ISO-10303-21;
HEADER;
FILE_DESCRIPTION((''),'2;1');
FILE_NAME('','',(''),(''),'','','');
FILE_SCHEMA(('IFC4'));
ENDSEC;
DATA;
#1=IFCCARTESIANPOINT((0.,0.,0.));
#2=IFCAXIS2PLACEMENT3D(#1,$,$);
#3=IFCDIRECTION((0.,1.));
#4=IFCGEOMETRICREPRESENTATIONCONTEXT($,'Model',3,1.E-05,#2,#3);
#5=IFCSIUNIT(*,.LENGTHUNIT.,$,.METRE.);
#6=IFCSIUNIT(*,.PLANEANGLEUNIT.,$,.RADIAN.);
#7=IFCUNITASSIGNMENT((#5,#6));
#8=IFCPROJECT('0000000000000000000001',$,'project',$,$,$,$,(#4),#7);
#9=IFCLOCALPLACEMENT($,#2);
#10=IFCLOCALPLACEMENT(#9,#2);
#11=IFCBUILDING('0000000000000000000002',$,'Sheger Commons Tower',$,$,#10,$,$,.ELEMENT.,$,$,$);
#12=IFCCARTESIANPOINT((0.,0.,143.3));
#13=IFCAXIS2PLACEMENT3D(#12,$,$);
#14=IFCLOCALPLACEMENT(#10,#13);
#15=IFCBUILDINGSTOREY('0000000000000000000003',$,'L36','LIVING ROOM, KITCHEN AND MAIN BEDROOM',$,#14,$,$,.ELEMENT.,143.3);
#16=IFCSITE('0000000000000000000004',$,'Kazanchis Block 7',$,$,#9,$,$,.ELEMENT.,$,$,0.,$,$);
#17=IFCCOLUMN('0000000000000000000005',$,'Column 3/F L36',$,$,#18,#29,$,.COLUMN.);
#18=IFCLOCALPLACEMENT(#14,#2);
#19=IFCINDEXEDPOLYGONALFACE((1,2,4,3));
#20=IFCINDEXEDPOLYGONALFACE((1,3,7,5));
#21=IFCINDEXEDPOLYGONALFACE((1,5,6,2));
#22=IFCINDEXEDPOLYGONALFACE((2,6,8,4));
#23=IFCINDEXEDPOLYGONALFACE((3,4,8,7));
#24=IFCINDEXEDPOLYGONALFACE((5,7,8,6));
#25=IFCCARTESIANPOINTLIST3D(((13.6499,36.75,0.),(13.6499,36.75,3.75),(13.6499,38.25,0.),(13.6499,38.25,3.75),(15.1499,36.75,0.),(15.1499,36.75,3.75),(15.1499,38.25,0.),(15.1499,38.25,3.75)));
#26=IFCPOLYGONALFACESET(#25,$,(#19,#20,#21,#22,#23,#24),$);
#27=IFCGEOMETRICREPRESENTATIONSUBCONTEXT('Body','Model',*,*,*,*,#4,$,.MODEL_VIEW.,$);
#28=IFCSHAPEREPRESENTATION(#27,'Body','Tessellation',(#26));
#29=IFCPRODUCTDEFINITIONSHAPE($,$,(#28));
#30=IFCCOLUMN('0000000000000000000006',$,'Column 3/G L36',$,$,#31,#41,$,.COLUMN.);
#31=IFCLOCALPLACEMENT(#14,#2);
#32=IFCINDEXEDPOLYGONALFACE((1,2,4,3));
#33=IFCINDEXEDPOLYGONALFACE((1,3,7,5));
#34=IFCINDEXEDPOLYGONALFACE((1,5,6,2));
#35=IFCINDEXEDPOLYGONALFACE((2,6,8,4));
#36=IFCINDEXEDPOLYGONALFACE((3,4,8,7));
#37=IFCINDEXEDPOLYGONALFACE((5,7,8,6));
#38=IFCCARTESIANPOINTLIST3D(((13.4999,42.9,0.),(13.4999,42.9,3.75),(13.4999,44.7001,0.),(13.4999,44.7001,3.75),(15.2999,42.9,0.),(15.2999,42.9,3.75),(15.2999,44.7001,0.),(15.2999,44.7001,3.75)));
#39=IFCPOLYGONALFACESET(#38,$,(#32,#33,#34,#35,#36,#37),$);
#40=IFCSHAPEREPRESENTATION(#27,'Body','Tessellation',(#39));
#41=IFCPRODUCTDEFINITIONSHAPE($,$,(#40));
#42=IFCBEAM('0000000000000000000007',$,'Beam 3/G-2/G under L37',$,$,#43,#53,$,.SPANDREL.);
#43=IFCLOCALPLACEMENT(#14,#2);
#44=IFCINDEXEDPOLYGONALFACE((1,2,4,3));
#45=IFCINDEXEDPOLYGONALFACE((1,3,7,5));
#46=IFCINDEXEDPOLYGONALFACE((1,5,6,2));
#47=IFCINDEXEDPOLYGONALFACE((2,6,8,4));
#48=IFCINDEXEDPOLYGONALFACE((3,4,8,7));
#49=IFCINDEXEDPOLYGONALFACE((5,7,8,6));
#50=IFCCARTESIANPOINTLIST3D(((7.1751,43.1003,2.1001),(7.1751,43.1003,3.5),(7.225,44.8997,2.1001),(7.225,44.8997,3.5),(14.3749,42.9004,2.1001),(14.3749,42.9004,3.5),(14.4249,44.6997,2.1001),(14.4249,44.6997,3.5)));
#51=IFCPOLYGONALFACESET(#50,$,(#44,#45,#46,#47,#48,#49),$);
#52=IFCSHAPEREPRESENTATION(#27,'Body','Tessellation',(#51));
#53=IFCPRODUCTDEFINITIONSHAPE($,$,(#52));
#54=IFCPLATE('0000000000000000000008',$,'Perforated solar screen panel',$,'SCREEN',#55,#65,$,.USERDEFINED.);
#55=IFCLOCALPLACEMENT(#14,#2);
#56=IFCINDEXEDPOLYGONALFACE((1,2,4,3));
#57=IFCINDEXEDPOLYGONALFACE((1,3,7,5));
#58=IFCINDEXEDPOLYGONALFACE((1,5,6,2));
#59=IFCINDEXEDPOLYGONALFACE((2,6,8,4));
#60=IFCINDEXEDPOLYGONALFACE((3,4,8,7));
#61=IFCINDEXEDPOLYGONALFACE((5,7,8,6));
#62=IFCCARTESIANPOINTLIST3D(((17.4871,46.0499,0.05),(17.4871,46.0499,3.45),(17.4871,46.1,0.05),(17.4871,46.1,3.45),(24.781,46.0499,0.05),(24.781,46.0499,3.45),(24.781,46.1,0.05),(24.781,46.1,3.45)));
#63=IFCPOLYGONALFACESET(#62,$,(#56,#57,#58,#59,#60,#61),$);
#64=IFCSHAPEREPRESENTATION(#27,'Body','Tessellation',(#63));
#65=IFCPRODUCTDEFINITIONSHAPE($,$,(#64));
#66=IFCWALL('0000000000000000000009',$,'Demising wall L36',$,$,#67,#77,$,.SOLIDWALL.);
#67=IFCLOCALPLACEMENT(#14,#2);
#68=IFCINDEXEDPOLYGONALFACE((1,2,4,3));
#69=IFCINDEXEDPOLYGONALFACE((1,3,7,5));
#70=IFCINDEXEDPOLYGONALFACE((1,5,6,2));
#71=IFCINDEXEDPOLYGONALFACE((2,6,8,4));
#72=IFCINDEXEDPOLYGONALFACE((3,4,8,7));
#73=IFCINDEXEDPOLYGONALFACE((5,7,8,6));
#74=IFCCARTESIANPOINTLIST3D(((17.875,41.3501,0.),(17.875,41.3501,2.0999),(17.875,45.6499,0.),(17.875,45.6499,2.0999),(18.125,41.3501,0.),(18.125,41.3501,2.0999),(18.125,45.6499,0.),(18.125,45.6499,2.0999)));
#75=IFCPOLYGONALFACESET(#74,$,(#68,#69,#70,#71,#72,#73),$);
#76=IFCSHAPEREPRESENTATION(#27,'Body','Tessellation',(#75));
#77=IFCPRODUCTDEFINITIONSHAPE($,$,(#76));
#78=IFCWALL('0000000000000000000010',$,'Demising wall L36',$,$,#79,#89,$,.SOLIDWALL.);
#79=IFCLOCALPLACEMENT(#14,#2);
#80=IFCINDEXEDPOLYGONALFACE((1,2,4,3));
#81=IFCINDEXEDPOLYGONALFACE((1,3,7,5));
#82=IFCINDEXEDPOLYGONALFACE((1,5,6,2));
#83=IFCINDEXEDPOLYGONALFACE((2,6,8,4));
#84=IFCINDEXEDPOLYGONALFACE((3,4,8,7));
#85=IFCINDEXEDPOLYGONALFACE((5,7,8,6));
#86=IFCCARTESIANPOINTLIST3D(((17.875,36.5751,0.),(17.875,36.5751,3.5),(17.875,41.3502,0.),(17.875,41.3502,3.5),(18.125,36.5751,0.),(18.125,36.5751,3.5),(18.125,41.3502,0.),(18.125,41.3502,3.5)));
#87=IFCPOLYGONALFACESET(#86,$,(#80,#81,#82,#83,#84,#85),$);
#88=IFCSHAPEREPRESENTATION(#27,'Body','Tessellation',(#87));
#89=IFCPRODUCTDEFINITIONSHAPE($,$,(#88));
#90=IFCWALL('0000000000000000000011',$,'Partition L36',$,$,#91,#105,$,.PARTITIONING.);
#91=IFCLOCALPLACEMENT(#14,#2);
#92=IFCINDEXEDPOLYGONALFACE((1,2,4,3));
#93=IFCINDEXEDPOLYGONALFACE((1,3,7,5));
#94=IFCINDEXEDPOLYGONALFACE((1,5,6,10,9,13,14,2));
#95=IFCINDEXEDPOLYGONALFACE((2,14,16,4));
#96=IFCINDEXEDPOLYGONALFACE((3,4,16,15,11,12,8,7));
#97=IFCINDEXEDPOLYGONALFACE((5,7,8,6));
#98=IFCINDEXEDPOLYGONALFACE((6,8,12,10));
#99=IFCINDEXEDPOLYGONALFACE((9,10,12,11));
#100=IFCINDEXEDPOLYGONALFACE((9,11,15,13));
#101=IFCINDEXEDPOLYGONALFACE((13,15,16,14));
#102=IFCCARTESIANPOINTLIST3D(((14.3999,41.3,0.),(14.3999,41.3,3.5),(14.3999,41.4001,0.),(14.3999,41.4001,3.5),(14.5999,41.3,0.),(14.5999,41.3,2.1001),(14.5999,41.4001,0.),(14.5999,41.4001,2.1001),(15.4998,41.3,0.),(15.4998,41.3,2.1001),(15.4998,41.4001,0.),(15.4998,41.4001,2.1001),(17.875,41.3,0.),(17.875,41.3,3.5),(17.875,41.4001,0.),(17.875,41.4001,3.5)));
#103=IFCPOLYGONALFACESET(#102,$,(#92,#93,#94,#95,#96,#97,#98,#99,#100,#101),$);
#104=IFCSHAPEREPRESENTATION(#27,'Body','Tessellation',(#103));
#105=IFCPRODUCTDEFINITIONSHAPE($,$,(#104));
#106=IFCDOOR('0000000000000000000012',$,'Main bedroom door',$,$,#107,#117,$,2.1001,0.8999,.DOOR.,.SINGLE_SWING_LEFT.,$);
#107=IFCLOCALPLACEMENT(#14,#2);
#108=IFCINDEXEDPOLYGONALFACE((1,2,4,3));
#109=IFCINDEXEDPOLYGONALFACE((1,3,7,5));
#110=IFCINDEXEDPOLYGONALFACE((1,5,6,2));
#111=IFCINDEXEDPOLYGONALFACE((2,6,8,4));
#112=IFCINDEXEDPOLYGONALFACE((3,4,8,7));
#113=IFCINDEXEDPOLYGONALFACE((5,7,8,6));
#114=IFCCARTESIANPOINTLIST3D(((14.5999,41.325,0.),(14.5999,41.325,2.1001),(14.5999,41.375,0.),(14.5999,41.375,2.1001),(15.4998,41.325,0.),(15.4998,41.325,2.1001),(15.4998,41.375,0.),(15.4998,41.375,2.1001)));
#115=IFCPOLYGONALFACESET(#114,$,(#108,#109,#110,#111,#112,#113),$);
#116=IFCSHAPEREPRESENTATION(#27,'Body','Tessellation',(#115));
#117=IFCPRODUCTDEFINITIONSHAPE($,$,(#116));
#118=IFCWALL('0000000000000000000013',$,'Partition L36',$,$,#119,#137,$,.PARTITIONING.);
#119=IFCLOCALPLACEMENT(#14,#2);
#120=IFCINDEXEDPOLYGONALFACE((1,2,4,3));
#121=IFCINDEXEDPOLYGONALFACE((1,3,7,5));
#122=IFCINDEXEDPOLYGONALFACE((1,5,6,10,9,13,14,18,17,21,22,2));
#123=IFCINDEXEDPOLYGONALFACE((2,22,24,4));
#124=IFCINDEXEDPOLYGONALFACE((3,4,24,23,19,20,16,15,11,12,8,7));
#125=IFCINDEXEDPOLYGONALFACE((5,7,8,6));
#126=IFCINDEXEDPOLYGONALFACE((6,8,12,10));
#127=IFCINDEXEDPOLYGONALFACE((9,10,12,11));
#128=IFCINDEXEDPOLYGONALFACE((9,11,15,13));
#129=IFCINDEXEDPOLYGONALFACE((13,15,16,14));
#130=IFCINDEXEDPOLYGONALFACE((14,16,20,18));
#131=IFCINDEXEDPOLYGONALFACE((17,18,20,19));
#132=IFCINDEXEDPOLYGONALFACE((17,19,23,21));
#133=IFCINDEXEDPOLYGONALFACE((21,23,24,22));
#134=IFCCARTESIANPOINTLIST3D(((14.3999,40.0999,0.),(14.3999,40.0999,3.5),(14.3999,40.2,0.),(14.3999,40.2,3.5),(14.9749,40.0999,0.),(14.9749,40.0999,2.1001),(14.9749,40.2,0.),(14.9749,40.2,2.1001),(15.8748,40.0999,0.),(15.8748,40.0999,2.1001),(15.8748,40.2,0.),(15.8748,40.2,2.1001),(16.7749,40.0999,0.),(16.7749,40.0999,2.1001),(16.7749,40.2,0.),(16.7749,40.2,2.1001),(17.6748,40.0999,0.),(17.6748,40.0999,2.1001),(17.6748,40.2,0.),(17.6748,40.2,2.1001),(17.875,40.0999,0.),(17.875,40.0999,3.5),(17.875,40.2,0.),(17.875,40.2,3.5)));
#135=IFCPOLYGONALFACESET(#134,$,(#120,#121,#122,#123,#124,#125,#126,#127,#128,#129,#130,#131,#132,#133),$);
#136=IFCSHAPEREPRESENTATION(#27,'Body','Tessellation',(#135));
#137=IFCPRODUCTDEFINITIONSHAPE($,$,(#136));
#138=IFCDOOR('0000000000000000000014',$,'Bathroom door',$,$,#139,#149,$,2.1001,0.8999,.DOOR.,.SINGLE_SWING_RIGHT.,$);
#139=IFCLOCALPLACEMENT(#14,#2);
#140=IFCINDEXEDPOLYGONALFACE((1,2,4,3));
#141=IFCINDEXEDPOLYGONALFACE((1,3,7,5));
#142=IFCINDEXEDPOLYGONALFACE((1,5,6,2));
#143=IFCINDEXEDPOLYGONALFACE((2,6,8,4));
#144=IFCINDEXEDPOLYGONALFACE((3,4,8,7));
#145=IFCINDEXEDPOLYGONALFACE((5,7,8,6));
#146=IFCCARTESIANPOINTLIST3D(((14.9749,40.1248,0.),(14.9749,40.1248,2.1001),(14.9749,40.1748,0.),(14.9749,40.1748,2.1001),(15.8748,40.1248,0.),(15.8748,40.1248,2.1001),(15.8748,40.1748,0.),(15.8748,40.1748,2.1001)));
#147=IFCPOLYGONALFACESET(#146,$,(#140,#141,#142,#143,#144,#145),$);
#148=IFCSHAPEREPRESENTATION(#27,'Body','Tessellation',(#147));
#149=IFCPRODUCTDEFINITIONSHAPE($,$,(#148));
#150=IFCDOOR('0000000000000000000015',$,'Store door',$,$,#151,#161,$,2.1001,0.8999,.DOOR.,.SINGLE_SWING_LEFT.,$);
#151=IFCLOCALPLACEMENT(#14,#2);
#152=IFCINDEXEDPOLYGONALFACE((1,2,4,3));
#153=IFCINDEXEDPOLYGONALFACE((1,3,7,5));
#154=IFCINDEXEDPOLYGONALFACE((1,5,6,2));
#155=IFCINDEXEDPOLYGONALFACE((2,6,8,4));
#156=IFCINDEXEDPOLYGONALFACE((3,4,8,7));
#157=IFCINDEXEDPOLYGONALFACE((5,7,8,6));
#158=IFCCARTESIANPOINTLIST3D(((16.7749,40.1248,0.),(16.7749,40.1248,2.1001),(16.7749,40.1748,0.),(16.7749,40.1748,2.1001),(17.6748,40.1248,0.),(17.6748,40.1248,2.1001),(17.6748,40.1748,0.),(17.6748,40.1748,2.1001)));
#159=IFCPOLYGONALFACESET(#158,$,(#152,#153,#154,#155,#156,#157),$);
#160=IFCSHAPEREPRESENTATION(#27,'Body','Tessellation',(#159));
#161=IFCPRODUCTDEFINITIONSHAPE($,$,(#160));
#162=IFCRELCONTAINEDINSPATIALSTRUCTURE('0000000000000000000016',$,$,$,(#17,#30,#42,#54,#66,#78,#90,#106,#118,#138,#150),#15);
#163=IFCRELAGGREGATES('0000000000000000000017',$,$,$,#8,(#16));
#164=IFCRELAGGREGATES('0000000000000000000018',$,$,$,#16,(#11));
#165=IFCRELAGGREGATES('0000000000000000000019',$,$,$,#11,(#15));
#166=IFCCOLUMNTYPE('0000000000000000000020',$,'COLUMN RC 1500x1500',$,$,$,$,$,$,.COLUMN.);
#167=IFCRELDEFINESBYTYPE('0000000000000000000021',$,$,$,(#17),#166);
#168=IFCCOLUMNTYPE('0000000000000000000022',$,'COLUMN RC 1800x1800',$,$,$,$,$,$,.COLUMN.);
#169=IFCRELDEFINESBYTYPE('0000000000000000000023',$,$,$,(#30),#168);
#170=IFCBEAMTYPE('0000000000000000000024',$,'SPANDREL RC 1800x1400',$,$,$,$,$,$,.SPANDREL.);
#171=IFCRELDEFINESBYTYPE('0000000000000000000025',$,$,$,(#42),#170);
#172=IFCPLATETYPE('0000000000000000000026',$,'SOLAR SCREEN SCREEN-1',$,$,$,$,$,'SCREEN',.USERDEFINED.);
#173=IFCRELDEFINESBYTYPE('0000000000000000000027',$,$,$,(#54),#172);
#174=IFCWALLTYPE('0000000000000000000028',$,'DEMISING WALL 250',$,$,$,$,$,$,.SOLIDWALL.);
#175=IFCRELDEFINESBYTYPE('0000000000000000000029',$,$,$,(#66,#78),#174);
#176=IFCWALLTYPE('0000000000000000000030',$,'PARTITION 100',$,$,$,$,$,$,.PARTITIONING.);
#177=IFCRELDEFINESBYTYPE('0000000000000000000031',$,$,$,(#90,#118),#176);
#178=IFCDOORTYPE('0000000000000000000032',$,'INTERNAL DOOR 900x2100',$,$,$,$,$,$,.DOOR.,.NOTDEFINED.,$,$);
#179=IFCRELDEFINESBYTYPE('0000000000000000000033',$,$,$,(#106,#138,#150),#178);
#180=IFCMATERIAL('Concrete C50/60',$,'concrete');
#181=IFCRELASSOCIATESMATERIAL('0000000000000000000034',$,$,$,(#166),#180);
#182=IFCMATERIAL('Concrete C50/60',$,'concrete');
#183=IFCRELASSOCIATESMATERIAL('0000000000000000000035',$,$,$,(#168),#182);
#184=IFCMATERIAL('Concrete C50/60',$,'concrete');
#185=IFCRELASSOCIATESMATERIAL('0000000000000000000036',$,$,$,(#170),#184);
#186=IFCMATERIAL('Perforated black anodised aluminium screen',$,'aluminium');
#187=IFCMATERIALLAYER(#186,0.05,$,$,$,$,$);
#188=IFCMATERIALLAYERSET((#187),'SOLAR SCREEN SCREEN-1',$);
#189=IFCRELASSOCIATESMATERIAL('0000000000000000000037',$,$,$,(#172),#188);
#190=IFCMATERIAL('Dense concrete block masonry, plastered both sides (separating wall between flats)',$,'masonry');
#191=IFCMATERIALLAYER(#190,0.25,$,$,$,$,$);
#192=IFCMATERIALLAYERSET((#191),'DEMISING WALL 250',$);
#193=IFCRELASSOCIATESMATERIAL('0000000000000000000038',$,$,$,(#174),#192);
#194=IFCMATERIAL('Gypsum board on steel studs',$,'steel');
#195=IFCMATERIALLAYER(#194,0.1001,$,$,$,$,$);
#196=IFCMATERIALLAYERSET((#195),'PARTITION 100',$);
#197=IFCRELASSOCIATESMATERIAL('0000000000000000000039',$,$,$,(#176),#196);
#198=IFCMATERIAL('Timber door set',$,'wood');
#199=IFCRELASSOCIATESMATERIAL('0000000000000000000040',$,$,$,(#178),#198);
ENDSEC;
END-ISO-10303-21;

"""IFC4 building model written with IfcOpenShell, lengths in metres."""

from ifc_helpers import new_model, si_unit, direction, frame, frame_2d, origin, origin_2d, place, context, subcontext, project, spatial, rectangle, extrude, material, layer, layer_set, material_profile, profile_set, type_object, element, fill, save


model = new_model("IFC4")

# Units and contexts
model_context = context("Model", 3, precision=1e-05, world=origin(), true_north=direction((0.0, 1.0)))
body_context = subcontext(model_context, "Body", "Model", "MODEL_VIEW")
ifc_project = project(units=[si_unit("LENGTHUNIT", "METRE"), si_unit("PLANEANGLEUNIT", "RADIAN")], contexts=[model_context])

# Site, building, storey
site_placement = place(None, origin())
site = spatial("IfcSite", under=ifc_project, at=site_placement, Name="Kazanchis Block 7", CompositionType="ELEMENT", RefElevation=0.0)
building_placement = place(site_placement, origin())
building = spatial("IfcBuilding", under=site, at=building_placement, Name="Sheger Commons Tower", CompositionType="ELEMENT")
storey_placement = place(building_placement, frame((0.0, 0.0, 143.3)))
storey = spatial("IfcBuildingStorey", under=building, at=storey_placement, Name="L36", Description="LIVING ROOM, KITCHEN AND MAIN BEDROOM", CompositionType="ELEMENT", Elevation=143.3)

# Columns
ifc_material_1 = material(Name="Concrete C50/60", Category="concrete")
ifc_material_profile_1 = material_profile(ifc_material_1, rectangle(XDim=1.5, YDim=1.5, at=origin_2d()), Name="RC 1500x1500")
ifc_profile_set_1 = profile_set([ifc_material_profile_1], Name="Concrete C50/60")
column_type_1 = type_object("IfcColumnType", Name="COLUMN RC 1500x1500", PredefinedType="COLUMN", material=ifc_profile_set_1)
column_1_placement = place(storey_placement, frame((14.3999, 37.5, 0.0), z_axis=(0.0, 0.0, 1.0), x_axis=(1.0, 0.0, 0.0)))
element("IfcColumn", 1, at=column_1_placement, inside=storey, type_object=column_type_1, Name="Column 3/F L36", PredefinedType="COLUMN", context=body_context, shape_type="SweptSolid", body=[
    extrude(rectangle(XDim=1.5, YDim=1.5, at=origin_2d()), origin(), (0.0, 0.0, 1.0), 3.75),
])
ifc_material_2 = material(Name="Concrete C50/60", Category="concrete")
ifc_material_profile_2 = material_profile(ifc_material_2, rectangle(XDim=1.8, YDim=1.8, at=origin_2d()), Name="RC 1800x1800")
ifc_profile_set_2 = profile_set([ifc_material_profile_2], Name="Concrete C50/60")
column_type_2 = type_object("IfcColumnType", Name="COLUMN RC 1800x1800", PredefinedType="COLUMN", material=ifc_profile_set_2)
column_2_placement = place(storey_placement, frame((14.3999, 43.8, 0.0), z_axis=(0.0, 0.0, 1.0), x_axis=(1.0, 0.0, 0.0)))
element("IfcColumn", 2, at=column_2_placement, inside=storey, type_object=column_type_2, Name="Column 3/G L36", PredefinedType="COLUMN", context=body_context, shape_type="SweptSolid", body=[
    extrude(rectangle(XDim=1.8, YDim=1.8, at=origin_2d()), origin(), (0.0, 0.0, 1.0), 3.75),
])

# Beam
ifc_material_3 = material(Name="Concrete C50/60", Category="concrete")
ifc_material_profile_3 = material_profile(ifc_material_3, rectangle(XDim=1.8, YDim=1.3999, at=origin_2d()), Name="RC 1800x1400")
ifc_profile_set_3 = profile_set([ifc_material_profile_3], Name="Concrete C50/60")
beam_type = type_object("IfcBeamType", Name="SPANDREL RC 1800x1400", PredefinedType="SPANDREL", material=ifc_profile_set_3)
beam_placement = place(storey_placement, frame((14.3999, 43.8, 2.8), z_axis=(-0.999615, 0.02776, 0.0), x_axis=(-0.02776, -0.999615, 0.0)))
element("IfcBeam", 3, at=beam_placement, inside=storey, type_object=beam_type, Name="Beam 3/G-2/G under L37", PredefinedType="SPANDREL", context=body_context, shape_type="SweptSolid", body=[
    extrude(rectangle(XDim=1.8, YDim=1.3999, at=origin_2d()), origin(), (0.0, 0.0, 1.0), 7.2026),
])

# Plate
ifc_material_4 = material(Name="Perforated black anodised aluminium screen", Category="aluminium")
ifc_layer_1 = layer(ifc_material_4, 0.05)
ifc_layer_set_1 = layer_set([ifc_layer_1], Name="SOLAR SCREEN SCREEN-1")
plate_type = type_object("IfcPlateType", Name="SOLAR SCREEN SCREEN-1", ElementType="SCREEN", PredefinedType="USERDEFINED", material=ifc_layer_set_1)
plate_placement = place(storey_placement, frame((21.134, 46.075, 0.05), z_axis=(0.0, 0.0, 1.0), x_axis=(-1.0, 0.0, 0.0)))
element("IfcPlate", 4, at=plate_placement, inside=storey, type_object=plate_type, Name="Perforated solar screen panel", ObjectType="SCREEN", PredefinedType="USERDEFINED", context=body_context, shape_type="SweptSolid", body=[
    extrude(rectangle(XDim=7.2939, YDim=0.05, at=origin_2d()), origin(), (0.0, 0.0, 1.0), 3.3999),
])

# Walls
ifc_material_5 = material(Name="Dense concrete block masonry, plastered both sides (separating wall between flats)", Category="masonry")
ifc_layer_2 = layer(ifc_material_5, 0.25)
ifc_layer_set_2 = layer_set([ifc_layer_2], Name="DEMISING WALL 250")
wall_type_1 = type_object("IfcWallType", Name="DEMISING WALL 250", PredefinedType="SOLIDWALL", material=ifc_layer_set_2)
wall_1_placement = place(storey_placement, frame((18.0, 41.3501, 0.0), z_axis=(0.0, 0.0, 1.0), x_axis=(0.0, 1.0, 0.0)))
element("IfcWall", 5, at=wall_1_placement, inside=storey, type_object=wall_type_1, Name="Demising wall L36", PredefinedType="SOLIDWALL", context=body_context, shape_type="SweptSolid", body=[
    extrude(rectangle(XDim=4.2998, YDim=0.25, at=frame_2d((2.1499, 0.0))), origin(), (0.0, 0.0, 1.0), 2.0999),
])
wall_2_placement = place(storey_placement, frame((18.0, 36.575, 0.0), z_axis=(0.0, 0.0, 1.0), x_axis=(0.0, 1.0, 0.0)))
element("IfcWall", 6, at=wall_2_placement, inside=storey, type_object=wall_type_1, Name="Demising wall L36", PredefinedType="SOLIDWALL", context=body_context, shape_type="SweptSolid", body=[
    extrude(rectangle(XDim=4.7751, YDim=0.25, at=frame_2d((2.3877, 0.0))), origin(), (0.0, 0.0, 1.0), 3.5),
])

# Wall, opening, door
ifc_material_6 = material(Name="Gypsum board on steel studs", Category="steel")
ifc_layer_3 = layer(ifc_material_6, 0.1001)
ifc_layer_set_3 = layer_set([ifc_layer_3], Name="PARTITION 100")
wall_type_2 = type_object("IfcWallType", Name="PARTITION 100", PredefinedType="PARTITIONING", material=ifc_layer_set_3)
wall_3_placement = place(storey_placement, frame((14.3999, 41.3501, 0.0), z_axis=(0.0, 0.0, 1.0), x_axis=(1.0, 0.0, 0.0)))
wall_3 = element("IfcWall", 7, at=wall_3_placement, inside=storey, type_object=wall_type_2, Name="Partition L36", PredefinedType="PARTITIONING", context=body_context, shape_type="SweptSolid", body=[
    extrude(rectangle(XDim=3.4751, YDim=0.1001, at=frame_2d((1.7375, 0.0))), origin(), (0.0, 0.0, 1.0), 3.5),
])
opening_1_placement = place(wall_3_placement, frame((0.2, 0.0, 0.0)))
opening_1 = element("IfcOpeningElement", 8, at=opening_1_placement, cuts=wall_3, PredefinedType="OPENING", context=body_context, shape_type="SweptSolid", body=[
    extrude(rectangle(XDim=0.8999, YDim=2.1001, at=frame_2d((0.45, 1.05))), frame((0.0, 0.0601, 0.0), z_axis=(0.0, -1.0, 0.0), x_axis=(1.0, 0.0, 0.0)), (0.0, 0.0, 1.0), 0.1201),
])
ifc_material_7 = material(Name="Timber door set", Category="wood")
door_type = type_object("IfcDoorType", Name="INTERNAL DOOR 900x2100", OperationType="NOTDEFINED", PredefinedType="DOOR", material=ifc_material_7)
door_1_placement = place(opening_1_placement, origin())
door_1 = element("IfcDoor", 9, at=door_1_placement, inside=storey, type_object=door_type, Name="Main bedroom door", OperationType="SINGLE_SWING_LEFT", OverallHeight=2.1001, OverallWidth=0.8999, PredefinedType="DOOR", context=body_context, shape_type="SweptSolid", body=[
    extrude(rectangle(XDim=0.8999, YDim=2.1001, at=frame_2d((0.45, 1.05))), frame((0.0, 0.0249, 0.0), z_axis=(0.0, -1.0, 0.0), x_axis=(1.0, 0.0, 0.0)), (0.0, 0.0, 1.0), 0.05),
])
fill(opening_1, door_1)

# Wall, openings, doors
wall_4_placement = place(storey_placement, frame((14.3999, 40.1499, 0.0), z_axis=(0.0, 0.0, 1.0), x_axis=(1.0, 0.0, 0.0)))
wall_4 = element("IfcWall", 10, at=wall_4_placement, inside=storey, type_object=wall_type_2, Name="Partition L36", PredefinedType="PARTITIONING", context=body_context, shape_type="SweptSolid", body=[
    extrude(rectangle(XDim=3.4751, YDim=0.1001, at=frame_2d((1.7375, 0.0))), origin(), (0.0, 0.0, 1.0), 3.5),
])
opening_2_placement = place(wall_4_placement, frame((0.575, 0.0, 0.0)))
opening_2 = element("IfcOpeningElement", 11, at=opening_2_placement, cuts=wall_4, PredefinedType="OPENING", context=body_context, shape_type="SweptSolid", body=[
    extrude(rectangle(XDim=0.8999, YDim=2.1001, at=frame_2d((0.45, 1.05))), frame((0.0, 0.0601, 0.0), z_axis=(0.0, -1.0, 0.0), x_axis=(1.0, 0.0, 0.0)), (0.0, 0.0, 1.0), 0.1201),
])
opening_3_placement = place(wall_4_placement, frame((2.375, 0.0, 0.0)))
opening_3 = element("IfcOpeningElement", 12, at=opening_3_placement, cuts=wall_4, PredefinedType="OPENING", context=body_context, shape_type="SweptSolid", body=[
    extrude(rectangle(XDim=0.8999, YDim=2.1001, at=frame_2d((0.45, 1.05))), frame((0.0, 0.0601, 0.0), z_axis=(0.0, -1.0, 0.0), x_axis=(1.0, 0.0, 0.0)), (0.0, 0.0, 1.0), 0.1201),
])
door_2_placement = place(opening_2_placement, origin())
door_2 = element("IfcDoor", 13, at=door_2_placement, inside=storey, type_object=door_type, Name="Bathroom door", OperationType="SINGLE_SWING_RIGHT", OverallHeight=2.1001, OverallWidth=0.8999, PredefinedType="DOOR", context=body_context, shape_type="SweptSolid", body=[
    extrude(rectangle(XDim=0.8999, YDim=2.1001, at=frame_2d((0.45, 1.05))), frame((0.0, 0.0249, 0.0), z_axis=(0.0, -1.0, 0.0), x_axis=(1.0, 0.0, 0.0)), (0.0, 0.0, 1.0), 0.05),
])
fill(opening_2, door_2)
door_3_placement = place(opening_3_placement, origin())
door_3 = element("IfcDoor", 14, at=door_3_placement, inside=storey, type_object=door_type, Name="Store door", OperationType="SINGLE_SWING_LEFT", OverallHeight=2.1001, OverallWidth=0.8999, PredefinedType="DOOR", context=body_context, shape_type="SweptSolid", body=[
    extrude(rectangle(XDim=0.8999, YDim=2.1001, at=frame_2d((0.45, 1.05))), frame((0.0, 0.0249, 0.0), z_axis=(0.0, -1.0, 0.0), x_axis=(1.0, 0.0, 0.0)), (0.0, 0.0, 1.0), 0.05),
])
fill(opening_3, door_3)

save(model, "model.ifc")
